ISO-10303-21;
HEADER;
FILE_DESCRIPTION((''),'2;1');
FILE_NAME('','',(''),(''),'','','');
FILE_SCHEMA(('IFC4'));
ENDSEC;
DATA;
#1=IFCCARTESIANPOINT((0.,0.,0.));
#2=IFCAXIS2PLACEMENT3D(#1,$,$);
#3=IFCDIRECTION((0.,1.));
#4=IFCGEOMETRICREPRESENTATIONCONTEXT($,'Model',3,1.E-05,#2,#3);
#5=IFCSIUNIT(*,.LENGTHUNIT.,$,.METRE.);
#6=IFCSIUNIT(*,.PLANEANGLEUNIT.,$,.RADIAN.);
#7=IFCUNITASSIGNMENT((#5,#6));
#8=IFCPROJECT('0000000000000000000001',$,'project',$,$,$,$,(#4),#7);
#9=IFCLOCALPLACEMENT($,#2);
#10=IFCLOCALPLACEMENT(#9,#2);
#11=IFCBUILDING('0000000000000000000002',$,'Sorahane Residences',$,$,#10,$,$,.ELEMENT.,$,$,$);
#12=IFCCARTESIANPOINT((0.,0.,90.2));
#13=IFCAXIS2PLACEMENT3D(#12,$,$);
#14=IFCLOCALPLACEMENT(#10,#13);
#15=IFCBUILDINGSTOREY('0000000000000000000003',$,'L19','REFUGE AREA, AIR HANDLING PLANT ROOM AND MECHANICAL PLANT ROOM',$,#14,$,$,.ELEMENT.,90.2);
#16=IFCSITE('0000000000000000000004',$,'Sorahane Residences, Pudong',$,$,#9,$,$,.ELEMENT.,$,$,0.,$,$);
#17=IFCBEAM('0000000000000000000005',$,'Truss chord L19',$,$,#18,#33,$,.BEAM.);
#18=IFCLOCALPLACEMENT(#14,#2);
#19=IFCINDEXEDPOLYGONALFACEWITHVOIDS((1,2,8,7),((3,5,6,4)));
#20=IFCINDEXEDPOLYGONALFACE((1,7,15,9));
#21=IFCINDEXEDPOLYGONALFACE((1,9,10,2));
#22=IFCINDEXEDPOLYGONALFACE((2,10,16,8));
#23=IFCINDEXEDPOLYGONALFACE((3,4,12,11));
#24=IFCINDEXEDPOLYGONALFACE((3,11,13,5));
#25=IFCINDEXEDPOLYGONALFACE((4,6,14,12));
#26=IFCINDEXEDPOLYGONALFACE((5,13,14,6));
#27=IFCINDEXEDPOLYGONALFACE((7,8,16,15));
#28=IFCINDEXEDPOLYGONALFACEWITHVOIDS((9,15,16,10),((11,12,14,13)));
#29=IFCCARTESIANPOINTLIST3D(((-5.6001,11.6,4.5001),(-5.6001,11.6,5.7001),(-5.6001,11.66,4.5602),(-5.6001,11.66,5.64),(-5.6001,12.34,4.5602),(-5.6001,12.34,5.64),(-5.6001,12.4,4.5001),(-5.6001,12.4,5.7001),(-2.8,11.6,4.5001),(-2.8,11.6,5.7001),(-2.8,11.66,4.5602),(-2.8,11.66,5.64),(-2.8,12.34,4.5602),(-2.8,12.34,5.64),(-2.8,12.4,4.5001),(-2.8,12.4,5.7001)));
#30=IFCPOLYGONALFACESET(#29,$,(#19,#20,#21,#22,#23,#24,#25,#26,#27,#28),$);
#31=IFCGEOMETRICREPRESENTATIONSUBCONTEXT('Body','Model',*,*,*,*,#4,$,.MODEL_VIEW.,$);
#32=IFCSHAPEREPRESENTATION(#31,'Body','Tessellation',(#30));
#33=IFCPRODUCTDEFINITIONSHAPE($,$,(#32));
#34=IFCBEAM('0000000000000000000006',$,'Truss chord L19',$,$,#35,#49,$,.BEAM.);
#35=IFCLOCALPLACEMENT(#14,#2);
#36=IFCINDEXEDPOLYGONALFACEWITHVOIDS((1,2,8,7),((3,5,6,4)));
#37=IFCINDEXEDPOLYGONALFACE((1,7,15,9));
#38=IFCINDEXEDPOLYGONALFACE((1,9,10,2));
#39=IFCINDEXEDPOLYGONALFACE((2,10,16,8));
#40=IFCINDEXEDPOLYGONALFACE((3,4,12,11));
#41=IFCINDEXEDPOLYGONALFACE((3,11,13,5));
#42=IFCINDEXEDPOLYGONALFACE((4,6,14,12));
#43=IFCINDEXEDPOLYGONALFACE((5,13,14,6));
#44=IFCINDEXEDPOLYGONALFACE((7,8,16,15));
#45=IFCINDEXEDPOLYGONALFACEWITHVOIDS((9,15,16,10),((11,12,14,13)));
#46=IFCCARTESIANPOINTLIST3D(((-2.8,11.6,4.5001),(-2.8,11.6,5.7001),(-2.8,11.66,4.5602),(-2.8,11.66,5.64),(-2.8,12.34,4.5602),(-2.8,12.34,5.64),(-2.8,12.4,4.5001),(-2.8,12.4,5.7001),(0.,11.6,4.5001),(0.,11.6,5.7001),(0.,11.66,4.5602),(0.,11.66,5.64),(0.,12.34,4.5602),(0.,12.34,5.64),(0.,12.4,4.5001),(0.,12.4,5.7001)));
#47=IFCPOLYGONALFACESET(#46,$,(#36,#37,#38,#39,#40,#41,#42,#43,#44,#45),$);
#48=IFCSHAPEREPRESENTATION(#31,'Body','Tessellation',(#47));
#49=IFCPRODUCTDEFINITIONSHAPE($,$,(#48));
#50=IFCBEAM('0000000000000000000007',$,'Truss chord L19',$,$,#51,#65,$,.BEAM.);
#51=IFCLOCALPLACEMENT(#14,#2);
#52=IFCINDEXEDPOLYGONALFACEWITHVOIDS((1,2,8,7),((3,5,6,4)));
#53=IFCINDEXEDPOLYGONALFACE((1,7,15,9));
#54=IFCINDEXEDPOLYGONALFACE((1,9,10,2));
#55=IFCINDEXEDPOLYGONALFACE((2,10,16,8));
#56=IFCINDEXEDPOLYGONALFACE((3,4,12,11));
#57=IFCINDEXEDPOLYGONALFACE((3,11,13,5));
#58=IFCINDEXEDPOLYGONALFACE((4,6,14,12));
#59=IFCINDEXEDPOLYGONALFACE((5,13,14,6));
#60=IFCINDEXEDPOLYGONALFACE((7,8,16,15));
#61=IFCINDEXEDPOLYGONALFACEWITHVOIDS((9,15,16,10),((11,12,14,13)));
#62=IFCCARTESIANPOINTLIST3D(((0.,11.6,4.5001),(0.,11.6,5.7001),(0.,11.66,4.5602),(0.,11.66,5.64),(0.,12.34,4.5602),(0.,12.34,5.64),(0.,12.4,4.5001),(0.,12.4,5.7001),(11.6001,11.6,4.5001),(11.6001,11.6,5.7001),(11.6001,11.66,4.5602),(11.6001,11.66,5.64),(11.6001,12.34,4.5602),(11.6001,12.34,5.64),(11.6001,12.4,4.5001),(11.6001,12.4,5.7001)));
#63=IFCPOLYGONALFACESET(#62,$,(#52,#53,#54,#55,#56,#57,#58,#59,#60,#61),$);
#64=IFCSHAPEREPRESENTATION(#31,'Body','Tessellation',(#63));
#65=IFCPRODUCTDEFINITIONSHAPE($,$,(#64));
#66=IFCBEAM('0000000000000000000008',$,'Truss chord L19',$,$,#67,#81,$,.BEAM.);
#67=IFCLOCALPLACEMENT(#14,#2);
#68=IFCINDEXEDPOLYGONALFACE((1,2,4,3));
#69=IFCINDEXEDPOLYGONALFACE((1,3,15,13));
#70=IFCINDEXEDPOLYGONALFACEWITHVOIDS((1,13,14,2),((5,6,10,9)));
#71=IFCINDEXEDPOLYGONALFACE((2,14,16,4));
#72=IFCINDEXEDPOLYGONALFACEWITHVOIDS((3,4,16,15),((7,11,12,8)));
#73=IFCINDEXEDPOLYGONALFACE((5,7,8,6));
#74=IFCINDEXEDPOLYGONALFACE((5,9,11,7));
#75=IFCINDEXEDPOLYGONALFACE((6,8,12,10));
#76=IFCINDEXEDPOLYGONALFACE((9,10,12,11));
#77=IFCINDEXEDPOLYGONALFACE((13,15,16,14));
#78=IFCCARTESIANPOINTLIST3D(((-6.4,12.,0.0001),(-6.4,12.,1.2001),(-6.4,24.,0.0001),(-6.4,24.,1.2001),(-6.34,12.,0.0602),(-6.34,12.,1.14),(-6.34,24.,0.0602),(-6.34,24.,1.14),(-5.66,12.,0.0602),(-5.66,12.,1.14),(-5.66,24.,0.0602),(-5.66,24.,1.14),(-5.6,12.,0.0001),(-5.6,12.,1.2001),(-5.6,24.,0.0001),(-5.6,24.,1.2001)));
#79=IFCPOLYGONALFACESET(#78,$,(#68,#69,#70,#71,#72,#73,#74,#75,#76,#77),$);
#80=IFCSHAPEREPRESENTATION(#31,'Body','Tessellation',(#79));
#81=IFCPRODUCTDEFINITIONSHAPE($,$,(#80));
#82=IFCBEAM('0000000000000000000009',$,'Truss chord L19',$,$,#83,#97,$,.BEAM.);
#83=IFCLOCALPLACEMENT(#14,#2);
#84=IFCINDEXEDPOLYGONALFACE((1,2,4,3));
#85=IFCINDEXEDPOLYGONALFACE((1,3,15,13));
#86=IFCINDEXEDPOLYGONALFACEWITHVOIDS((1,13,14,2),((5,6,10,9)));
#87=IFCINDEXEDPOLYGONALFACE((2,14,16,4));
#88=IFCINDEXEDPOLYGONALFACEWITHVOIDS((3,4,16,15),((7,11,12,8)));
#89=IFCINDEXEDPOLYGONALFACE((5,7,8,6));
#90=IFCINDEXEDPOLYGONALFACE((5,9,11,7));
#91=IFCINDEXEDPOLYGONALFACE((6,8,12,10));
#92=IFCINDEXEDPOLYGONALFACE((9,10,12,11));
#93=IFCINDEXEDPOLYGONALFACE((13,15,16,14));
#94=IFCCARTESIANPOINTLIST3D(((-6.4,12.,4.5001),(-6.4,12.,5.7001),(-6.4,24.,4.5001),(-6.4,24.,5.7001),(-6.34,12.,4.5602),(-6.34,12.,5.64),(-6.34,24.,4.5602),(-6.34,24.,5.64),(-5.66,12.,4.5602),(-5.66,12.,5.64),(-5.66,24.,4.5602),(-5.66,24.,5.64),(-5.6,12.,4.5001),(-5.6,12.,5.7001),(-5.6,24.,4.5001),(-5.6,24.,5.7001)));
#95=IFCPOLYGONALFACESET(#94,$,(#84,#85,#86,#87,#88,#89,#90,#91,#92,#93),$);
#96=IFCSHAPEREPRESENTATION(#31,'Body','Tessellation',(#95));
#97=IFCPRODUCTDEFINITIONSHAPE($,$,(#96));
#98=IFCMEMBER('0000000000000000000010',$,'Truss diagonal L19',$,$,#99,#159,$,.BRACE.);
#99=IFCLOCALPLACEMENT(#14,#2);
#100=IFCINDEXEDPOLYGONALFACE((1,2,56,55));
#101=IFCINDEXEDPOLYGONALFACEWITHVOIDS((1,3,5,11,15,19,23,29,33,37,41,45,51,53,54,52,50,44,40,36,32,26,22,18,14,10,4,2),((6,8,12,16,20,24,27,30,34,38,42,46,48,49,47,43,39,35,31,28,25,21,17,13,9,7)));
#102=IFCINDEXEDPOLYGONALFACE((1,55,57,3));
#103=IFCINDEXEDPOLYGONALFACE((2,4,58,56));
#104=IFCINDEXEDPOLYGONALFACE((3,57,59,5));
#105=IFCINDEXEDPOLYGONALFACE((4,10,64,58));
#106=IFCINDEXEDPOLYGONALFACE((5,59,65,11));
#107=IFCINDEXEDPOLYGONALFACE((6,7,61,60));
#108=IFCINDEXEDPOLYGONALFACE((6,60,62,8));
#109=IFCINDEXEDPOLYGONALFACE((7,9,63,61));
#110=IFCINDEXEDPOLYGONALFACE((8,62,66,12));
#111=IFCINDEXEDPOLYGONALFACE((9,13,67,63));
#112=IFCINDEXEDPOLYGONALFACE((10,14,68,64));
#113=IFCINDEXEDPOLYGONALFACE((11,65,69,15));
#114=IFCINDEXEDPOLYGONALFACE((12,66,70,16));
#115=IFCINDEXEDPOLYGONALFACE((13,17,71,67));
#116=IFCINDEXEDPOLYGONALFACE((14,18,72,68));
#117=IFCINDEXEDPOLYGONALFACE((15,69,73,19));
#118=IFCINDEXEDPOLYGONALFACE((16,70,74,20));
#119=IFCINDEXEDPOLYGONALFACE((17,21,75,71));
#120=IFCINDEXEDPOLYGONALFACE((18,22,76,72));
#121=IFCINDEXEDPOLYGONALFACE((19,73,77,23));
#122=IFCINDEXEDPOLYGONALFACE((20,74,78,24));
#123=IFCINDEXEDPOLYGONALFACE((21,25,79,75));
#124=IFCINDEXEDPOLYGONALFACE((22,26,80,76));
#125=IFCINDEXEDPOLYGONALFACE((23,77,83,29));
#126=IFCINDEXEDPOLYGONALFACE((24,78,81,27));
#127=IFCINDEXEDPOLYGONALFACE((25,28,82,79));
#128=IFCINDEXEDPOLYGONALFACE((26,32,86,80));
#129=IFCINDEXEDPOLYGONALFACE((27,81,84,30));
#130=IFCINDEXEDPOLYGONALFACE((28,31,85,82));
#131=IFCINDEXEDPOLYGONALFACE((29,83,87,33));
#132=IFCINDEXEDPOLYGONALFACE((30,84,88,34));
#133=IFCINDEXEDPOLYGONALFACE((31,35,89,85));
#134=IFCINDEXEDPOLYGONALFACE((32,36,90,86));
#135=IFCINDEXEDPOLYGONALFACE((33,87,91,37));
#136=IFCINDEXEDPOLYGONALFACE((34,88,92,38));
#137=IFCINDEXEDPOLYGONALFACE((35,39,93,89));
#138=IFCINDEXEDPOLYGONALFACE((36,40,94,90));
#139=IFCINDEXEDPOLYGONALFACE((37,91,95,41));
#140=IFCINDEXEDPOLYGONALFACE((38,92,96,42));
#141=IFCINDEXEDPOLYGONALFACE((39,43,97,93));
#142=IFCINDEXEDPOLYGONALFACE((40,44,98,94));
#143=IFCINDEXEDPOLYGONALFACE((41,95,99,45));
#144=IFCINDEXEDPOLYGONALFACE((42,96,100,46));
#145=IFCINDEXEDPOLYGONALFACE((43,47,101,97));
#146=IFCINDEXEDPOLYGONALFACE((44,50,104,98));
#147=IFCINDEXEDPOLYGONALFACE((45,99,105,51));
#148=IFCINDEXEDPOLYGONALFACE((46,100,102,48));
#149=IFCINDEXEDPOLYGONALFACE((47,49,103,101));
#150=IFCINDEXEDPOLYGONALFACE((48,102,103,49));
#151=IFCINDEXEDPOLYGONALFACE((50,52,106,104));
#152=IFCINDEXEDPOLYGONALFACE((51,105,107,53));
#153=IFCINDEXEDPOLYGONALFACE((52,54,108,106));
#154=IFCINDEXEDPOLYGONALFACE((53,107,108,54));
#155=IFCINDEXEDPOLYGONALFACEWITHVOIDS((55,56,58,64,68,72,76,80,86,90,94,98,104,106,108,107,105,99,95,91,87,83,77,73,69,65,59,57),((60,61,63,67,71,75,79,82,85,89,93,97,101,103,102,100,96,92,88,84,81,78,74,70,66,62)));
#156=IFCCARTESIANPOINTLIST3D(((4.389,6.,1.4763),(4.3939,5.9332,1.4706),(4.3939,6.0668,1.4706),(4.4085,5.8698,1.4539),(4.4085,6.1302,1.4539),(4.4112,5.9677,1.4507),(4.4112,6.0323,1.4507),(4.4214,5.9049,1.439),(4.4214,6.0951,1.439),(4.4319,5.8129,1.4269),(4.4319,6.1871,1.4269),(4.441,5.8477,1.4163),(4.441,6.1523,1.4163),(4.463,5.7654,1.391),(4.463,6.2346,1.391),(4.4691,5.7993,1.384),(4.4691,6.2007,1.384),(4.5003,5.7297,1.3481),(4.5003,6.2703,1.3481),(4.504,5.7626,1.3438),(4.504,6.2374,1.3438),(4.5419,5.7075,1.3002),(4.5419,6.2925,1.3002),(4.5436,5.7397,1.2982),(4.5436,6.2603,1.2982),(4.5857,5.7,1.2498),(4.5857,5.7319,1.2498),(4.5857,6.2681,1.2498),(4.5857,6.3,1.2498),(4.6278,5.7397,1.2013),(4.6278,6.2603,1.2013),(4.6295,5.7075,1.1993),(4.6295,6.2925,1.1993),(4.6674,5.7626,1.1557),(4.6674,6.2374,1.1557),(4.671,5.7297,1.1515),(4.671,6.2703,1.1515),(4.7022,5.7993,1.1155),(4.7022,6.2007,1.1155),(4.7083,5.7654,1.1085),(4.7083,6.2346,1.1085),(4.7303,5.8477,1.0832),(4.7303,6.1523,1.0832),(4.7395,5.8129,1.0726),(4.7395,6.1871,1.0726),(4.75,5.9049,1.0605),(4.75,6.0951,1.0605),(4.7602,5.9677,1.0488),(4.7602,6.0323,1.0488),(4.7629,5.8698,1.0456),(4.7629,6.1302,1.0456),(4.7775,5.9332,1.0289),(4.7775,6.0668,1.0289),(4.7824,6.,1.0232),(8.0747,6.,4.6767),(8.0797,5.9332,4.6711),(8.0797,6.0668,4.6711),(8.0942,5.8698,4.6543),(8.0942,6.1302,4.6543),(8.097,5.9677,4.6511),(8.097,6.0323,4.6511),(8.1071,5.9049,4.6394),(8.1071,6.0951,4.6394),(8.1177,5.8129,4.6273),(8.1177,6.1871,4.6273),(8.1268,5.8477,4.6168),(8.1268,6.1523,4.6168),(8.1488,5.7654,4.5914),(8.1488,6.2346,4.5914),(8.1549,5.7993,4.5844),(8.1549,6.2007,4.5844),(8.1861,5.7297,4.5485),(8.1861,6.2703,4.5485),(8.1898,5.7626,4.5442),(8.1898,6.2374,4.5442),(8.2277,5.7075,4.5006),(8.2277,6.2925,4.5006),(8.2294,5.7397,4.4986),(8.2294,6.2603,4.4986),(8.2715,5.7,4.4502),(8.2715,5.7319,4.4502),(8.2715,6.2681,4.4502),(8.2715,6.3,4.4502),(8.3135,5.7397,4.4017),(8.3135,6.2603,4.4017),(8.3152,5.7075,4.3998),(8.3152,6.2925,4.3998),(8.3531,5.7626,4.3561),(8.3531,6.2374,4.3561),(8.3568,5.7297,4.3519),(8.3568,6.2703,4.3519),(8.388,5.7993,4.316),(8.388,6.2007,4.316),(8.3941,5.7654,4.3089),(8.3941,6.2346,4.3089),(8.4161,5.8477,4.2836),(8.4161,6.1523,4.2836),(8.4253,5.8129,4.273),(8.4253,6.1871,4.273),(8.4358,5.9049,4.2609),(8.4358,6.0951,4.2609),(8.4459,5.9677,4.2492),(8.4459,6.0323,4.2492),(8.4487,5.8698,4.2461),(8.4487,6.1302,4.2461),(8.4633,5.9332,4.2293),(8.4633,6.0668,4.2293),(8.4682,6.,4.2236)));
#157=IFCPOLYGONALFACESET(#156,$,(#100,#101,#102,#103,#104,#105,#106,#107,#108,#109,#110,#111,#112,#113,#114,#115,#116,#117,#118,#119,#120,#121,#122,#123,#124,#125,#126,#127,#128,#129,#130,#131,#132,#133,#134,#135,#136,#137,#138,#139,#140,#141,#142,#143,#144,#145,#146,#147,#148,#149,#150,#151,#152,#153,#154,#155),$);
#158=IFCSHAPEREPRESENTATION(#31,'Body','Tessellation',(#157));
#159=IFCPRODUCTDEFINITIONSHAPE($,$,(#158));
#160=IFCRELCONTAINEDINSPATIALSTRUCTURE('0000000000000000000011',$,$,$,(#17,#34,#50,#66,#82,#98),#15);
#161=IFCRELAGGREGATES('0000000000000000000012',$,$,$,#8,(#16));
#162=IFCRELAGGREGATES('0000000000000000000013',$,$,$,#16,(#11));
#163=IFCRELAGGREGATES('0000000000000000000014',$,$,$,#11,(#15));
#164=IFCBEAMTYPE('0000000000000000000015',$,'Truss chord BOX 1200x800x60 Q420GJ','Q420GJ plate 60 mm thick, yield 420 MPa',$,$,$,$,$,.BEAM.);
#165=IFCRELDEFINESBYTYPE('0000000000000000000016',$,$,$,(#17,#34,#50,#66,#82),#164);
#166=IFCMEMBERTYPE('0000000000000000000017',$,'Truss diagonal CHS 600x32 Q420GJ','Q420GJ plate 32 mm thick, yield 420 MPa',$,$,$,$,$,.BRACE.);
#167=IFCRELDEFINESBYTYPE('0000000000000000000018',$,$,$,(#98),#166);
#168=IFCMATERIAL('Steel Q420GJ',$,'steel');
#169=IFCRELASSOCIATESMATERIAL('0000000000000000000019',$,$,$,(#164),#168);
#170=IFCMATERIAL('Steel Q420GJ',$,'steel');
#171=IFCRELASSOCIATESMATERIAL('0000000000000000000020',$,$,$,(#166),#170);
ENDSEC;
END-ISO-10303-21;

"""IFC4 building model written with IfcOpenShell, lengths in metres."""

from ifc_helpers import new_model, si_unit, direction, frame, origin, origin_2d, place, context, subcontext, project, spatial, hollow_rectangle, hollow_circle, extrude, material, material_profile, profile_set, type_object, element, save


model = new_model("IFC4")

# Units and contexts
model_context = context("Model", 3, precision=1e-05, world=origin(), true_north=direction((0.0, 1.0)))
body_context = subcontext(model_context, "Body", "Model", "MODEL_VIEW")
ifc_project = project(units=[si_unit("LENGTHUNIT", "METRE"), si_unit("PLANEANGLEUNIT", "RADIAN")], contexts=[model_context])

# Site, building, storey
site_placement = place(None, origin())
site = spatial("IfcSite", under=ifc_project, at=site_placement, Name="Sorahane Residences, Pudong", CompositionType="ELEMENT", RefElevation=0.0)
building_placement = place(site_placement, origin())
building = spatial("IfcBuilding", under=site, at=building_placement, Name="Sorahane Residences", CompositionType="ELEMENT")
storey_placement = place(building_placement, frame((0.0, 0.0, 90.2)))
storey = spatial("IfcBuildingStorey", under=building, at=storey_placement, Name="L19", Description="REFUGE AREA, AIR HANDLING PLANT ROOM AND MECHANICAL PLANT ROOM", CompositionType="ELEMENT", Elevation=90.2)

# Beams
ifc_material_1 = material(Name="Steel Q420GJ", Category="steel")
ifc_material_profile_1 = material_profile(ifc_material_1, hollow_rectangle(XDim=0.8, YDim=1.2, WallThickness=0.0601, at=origin_2d()), Name="BOX 1200x800x60")
ifc_profile_set_1 = profile_set([ifc_material_profile_1], Name="Steel Q420GJ")
beam_type_1 = type_object("IfcBeamType", Name="Truss chord BOX 1200x800x60 Q420GJ", Description="Q420GJ plate 60 mm thick, yield 420 MPa", PredefinedType="BEAM", material=ifc_profile_set_1)
for number, where, z_axis, x_axis, name in (
    (1, (-5.6001, 12.0, 5.1001), (1.0, 0.0, 0.0), (0.0, 1.0, 0.0), "Truss chord L19"),
    (2, (-2.8, 12.0, 5.1001), (1.0, 0.0, 0.0), (0.0, 1.0, 0.0), "Truss chord L19"),
):
    element("IfcBeam", number, at=place(storey_placement, frame(where, z_axis=z_axis, x_axis=x_axis)), inside=storey, type_object=beam_type_1, Name=name, PredefinedType="BEAM", context=body_context, shape_type="SweptSolid", body=[
        extrude(hollow_rectangle(XDim=0.8, YDim=1.2, WallThickness=0.0601, at=origin_2d()), origin(), (0.0, 0.0, 1.0), 2.8),
    ])
beam_1_placement = place(storey_placement, frame((0.0, 12.0, 5.1001), z_axis=(1.0, 0.0, 0.0), x_axis=(0.0, 1.0, 0.0)))
element("IfcBeam", 3, at=beam_1_placement, inside=storey, type_object=beam_type_1, Name="Truss chord L19", PredefinedType="BEAM", context=body_context, shape_type="SweptSolid", body=[
    extrude(hollow_rectangle(XDim=0.8, YDim=1.2, WallThickness=0.0601, at=origin_2d()), origin(), (0.0, 0.0, 1.0), 11.6001),
])
for number, where, z_axis, x_axis, name in (
    (4, (-6.0, 12.0, 0.6001), (0.0, 1.0, 0.0), (-1.0, 0.0, 0.0), "Truss chord L19"),
    (5, (-6.0, 12.0, 5.1001), (0.0, 1.0, 0.0), (-1.0, 0.0, 0.0), "Truss chord L19"),
):
    element("IfcBeam", number, at=place(storey_placement, frame(where, z_axis=z_axis, x_axis=x_axis)), inside=storey, type_object=beam_type_1, Name=name, PredefinedType="BEAM", context=body_context, shape_type="SweptSolid", body=[
        extrude(hollow_rectangle(XDim=0.8, YDim=1.2, WallThickness=0.0601, at=origin_2d()), origin(), (0.0, 0.0, 1.0), 12.0),
    ])

# Member
ifc_material_2 = material(Name="Steel Q420GJ", Category="steel")
ifc_material_profile_2 = material_profile(ifc_material_2, hollow_circle(Radius=0.3, WallThickness=0.032, at=origin_2d()), Name="CHS 600x32")
ifc_profile_set_2 = profile_set([ifc_material_profile_2], Name="Steel Q420GJ")
member_type = type_object("IfcMemberType", Name="Truss diagonal CHS 600x32 Q420GJ", Description="Q420GJ plate 32 mm thick, yield 420 MPa", PredefinedType="BRACE", material=ifc_profile_set_2)
member_1_placement = place(storey_placement, frame((4.5857, 6.0, 1.2498), z_axis=(0.755072, 0.0, 0.655642), x_axis=(0.0, 1.0, 0.0)))
element("IfcMember", 6, at=member_1_placement, inside=storey, type_object=member_type, Name="Truss diagonal L19", PredefinedType="BRACE", context=body_context, shape_type="SweptSolid", body=[
    extrude(hollow_circle(Radius=0.3, WallThickness=0.032, at=origin_2d()), origin(), (0.0, 0.0, 1.0), 4.8813),
])

save(model, "model.ifc")
